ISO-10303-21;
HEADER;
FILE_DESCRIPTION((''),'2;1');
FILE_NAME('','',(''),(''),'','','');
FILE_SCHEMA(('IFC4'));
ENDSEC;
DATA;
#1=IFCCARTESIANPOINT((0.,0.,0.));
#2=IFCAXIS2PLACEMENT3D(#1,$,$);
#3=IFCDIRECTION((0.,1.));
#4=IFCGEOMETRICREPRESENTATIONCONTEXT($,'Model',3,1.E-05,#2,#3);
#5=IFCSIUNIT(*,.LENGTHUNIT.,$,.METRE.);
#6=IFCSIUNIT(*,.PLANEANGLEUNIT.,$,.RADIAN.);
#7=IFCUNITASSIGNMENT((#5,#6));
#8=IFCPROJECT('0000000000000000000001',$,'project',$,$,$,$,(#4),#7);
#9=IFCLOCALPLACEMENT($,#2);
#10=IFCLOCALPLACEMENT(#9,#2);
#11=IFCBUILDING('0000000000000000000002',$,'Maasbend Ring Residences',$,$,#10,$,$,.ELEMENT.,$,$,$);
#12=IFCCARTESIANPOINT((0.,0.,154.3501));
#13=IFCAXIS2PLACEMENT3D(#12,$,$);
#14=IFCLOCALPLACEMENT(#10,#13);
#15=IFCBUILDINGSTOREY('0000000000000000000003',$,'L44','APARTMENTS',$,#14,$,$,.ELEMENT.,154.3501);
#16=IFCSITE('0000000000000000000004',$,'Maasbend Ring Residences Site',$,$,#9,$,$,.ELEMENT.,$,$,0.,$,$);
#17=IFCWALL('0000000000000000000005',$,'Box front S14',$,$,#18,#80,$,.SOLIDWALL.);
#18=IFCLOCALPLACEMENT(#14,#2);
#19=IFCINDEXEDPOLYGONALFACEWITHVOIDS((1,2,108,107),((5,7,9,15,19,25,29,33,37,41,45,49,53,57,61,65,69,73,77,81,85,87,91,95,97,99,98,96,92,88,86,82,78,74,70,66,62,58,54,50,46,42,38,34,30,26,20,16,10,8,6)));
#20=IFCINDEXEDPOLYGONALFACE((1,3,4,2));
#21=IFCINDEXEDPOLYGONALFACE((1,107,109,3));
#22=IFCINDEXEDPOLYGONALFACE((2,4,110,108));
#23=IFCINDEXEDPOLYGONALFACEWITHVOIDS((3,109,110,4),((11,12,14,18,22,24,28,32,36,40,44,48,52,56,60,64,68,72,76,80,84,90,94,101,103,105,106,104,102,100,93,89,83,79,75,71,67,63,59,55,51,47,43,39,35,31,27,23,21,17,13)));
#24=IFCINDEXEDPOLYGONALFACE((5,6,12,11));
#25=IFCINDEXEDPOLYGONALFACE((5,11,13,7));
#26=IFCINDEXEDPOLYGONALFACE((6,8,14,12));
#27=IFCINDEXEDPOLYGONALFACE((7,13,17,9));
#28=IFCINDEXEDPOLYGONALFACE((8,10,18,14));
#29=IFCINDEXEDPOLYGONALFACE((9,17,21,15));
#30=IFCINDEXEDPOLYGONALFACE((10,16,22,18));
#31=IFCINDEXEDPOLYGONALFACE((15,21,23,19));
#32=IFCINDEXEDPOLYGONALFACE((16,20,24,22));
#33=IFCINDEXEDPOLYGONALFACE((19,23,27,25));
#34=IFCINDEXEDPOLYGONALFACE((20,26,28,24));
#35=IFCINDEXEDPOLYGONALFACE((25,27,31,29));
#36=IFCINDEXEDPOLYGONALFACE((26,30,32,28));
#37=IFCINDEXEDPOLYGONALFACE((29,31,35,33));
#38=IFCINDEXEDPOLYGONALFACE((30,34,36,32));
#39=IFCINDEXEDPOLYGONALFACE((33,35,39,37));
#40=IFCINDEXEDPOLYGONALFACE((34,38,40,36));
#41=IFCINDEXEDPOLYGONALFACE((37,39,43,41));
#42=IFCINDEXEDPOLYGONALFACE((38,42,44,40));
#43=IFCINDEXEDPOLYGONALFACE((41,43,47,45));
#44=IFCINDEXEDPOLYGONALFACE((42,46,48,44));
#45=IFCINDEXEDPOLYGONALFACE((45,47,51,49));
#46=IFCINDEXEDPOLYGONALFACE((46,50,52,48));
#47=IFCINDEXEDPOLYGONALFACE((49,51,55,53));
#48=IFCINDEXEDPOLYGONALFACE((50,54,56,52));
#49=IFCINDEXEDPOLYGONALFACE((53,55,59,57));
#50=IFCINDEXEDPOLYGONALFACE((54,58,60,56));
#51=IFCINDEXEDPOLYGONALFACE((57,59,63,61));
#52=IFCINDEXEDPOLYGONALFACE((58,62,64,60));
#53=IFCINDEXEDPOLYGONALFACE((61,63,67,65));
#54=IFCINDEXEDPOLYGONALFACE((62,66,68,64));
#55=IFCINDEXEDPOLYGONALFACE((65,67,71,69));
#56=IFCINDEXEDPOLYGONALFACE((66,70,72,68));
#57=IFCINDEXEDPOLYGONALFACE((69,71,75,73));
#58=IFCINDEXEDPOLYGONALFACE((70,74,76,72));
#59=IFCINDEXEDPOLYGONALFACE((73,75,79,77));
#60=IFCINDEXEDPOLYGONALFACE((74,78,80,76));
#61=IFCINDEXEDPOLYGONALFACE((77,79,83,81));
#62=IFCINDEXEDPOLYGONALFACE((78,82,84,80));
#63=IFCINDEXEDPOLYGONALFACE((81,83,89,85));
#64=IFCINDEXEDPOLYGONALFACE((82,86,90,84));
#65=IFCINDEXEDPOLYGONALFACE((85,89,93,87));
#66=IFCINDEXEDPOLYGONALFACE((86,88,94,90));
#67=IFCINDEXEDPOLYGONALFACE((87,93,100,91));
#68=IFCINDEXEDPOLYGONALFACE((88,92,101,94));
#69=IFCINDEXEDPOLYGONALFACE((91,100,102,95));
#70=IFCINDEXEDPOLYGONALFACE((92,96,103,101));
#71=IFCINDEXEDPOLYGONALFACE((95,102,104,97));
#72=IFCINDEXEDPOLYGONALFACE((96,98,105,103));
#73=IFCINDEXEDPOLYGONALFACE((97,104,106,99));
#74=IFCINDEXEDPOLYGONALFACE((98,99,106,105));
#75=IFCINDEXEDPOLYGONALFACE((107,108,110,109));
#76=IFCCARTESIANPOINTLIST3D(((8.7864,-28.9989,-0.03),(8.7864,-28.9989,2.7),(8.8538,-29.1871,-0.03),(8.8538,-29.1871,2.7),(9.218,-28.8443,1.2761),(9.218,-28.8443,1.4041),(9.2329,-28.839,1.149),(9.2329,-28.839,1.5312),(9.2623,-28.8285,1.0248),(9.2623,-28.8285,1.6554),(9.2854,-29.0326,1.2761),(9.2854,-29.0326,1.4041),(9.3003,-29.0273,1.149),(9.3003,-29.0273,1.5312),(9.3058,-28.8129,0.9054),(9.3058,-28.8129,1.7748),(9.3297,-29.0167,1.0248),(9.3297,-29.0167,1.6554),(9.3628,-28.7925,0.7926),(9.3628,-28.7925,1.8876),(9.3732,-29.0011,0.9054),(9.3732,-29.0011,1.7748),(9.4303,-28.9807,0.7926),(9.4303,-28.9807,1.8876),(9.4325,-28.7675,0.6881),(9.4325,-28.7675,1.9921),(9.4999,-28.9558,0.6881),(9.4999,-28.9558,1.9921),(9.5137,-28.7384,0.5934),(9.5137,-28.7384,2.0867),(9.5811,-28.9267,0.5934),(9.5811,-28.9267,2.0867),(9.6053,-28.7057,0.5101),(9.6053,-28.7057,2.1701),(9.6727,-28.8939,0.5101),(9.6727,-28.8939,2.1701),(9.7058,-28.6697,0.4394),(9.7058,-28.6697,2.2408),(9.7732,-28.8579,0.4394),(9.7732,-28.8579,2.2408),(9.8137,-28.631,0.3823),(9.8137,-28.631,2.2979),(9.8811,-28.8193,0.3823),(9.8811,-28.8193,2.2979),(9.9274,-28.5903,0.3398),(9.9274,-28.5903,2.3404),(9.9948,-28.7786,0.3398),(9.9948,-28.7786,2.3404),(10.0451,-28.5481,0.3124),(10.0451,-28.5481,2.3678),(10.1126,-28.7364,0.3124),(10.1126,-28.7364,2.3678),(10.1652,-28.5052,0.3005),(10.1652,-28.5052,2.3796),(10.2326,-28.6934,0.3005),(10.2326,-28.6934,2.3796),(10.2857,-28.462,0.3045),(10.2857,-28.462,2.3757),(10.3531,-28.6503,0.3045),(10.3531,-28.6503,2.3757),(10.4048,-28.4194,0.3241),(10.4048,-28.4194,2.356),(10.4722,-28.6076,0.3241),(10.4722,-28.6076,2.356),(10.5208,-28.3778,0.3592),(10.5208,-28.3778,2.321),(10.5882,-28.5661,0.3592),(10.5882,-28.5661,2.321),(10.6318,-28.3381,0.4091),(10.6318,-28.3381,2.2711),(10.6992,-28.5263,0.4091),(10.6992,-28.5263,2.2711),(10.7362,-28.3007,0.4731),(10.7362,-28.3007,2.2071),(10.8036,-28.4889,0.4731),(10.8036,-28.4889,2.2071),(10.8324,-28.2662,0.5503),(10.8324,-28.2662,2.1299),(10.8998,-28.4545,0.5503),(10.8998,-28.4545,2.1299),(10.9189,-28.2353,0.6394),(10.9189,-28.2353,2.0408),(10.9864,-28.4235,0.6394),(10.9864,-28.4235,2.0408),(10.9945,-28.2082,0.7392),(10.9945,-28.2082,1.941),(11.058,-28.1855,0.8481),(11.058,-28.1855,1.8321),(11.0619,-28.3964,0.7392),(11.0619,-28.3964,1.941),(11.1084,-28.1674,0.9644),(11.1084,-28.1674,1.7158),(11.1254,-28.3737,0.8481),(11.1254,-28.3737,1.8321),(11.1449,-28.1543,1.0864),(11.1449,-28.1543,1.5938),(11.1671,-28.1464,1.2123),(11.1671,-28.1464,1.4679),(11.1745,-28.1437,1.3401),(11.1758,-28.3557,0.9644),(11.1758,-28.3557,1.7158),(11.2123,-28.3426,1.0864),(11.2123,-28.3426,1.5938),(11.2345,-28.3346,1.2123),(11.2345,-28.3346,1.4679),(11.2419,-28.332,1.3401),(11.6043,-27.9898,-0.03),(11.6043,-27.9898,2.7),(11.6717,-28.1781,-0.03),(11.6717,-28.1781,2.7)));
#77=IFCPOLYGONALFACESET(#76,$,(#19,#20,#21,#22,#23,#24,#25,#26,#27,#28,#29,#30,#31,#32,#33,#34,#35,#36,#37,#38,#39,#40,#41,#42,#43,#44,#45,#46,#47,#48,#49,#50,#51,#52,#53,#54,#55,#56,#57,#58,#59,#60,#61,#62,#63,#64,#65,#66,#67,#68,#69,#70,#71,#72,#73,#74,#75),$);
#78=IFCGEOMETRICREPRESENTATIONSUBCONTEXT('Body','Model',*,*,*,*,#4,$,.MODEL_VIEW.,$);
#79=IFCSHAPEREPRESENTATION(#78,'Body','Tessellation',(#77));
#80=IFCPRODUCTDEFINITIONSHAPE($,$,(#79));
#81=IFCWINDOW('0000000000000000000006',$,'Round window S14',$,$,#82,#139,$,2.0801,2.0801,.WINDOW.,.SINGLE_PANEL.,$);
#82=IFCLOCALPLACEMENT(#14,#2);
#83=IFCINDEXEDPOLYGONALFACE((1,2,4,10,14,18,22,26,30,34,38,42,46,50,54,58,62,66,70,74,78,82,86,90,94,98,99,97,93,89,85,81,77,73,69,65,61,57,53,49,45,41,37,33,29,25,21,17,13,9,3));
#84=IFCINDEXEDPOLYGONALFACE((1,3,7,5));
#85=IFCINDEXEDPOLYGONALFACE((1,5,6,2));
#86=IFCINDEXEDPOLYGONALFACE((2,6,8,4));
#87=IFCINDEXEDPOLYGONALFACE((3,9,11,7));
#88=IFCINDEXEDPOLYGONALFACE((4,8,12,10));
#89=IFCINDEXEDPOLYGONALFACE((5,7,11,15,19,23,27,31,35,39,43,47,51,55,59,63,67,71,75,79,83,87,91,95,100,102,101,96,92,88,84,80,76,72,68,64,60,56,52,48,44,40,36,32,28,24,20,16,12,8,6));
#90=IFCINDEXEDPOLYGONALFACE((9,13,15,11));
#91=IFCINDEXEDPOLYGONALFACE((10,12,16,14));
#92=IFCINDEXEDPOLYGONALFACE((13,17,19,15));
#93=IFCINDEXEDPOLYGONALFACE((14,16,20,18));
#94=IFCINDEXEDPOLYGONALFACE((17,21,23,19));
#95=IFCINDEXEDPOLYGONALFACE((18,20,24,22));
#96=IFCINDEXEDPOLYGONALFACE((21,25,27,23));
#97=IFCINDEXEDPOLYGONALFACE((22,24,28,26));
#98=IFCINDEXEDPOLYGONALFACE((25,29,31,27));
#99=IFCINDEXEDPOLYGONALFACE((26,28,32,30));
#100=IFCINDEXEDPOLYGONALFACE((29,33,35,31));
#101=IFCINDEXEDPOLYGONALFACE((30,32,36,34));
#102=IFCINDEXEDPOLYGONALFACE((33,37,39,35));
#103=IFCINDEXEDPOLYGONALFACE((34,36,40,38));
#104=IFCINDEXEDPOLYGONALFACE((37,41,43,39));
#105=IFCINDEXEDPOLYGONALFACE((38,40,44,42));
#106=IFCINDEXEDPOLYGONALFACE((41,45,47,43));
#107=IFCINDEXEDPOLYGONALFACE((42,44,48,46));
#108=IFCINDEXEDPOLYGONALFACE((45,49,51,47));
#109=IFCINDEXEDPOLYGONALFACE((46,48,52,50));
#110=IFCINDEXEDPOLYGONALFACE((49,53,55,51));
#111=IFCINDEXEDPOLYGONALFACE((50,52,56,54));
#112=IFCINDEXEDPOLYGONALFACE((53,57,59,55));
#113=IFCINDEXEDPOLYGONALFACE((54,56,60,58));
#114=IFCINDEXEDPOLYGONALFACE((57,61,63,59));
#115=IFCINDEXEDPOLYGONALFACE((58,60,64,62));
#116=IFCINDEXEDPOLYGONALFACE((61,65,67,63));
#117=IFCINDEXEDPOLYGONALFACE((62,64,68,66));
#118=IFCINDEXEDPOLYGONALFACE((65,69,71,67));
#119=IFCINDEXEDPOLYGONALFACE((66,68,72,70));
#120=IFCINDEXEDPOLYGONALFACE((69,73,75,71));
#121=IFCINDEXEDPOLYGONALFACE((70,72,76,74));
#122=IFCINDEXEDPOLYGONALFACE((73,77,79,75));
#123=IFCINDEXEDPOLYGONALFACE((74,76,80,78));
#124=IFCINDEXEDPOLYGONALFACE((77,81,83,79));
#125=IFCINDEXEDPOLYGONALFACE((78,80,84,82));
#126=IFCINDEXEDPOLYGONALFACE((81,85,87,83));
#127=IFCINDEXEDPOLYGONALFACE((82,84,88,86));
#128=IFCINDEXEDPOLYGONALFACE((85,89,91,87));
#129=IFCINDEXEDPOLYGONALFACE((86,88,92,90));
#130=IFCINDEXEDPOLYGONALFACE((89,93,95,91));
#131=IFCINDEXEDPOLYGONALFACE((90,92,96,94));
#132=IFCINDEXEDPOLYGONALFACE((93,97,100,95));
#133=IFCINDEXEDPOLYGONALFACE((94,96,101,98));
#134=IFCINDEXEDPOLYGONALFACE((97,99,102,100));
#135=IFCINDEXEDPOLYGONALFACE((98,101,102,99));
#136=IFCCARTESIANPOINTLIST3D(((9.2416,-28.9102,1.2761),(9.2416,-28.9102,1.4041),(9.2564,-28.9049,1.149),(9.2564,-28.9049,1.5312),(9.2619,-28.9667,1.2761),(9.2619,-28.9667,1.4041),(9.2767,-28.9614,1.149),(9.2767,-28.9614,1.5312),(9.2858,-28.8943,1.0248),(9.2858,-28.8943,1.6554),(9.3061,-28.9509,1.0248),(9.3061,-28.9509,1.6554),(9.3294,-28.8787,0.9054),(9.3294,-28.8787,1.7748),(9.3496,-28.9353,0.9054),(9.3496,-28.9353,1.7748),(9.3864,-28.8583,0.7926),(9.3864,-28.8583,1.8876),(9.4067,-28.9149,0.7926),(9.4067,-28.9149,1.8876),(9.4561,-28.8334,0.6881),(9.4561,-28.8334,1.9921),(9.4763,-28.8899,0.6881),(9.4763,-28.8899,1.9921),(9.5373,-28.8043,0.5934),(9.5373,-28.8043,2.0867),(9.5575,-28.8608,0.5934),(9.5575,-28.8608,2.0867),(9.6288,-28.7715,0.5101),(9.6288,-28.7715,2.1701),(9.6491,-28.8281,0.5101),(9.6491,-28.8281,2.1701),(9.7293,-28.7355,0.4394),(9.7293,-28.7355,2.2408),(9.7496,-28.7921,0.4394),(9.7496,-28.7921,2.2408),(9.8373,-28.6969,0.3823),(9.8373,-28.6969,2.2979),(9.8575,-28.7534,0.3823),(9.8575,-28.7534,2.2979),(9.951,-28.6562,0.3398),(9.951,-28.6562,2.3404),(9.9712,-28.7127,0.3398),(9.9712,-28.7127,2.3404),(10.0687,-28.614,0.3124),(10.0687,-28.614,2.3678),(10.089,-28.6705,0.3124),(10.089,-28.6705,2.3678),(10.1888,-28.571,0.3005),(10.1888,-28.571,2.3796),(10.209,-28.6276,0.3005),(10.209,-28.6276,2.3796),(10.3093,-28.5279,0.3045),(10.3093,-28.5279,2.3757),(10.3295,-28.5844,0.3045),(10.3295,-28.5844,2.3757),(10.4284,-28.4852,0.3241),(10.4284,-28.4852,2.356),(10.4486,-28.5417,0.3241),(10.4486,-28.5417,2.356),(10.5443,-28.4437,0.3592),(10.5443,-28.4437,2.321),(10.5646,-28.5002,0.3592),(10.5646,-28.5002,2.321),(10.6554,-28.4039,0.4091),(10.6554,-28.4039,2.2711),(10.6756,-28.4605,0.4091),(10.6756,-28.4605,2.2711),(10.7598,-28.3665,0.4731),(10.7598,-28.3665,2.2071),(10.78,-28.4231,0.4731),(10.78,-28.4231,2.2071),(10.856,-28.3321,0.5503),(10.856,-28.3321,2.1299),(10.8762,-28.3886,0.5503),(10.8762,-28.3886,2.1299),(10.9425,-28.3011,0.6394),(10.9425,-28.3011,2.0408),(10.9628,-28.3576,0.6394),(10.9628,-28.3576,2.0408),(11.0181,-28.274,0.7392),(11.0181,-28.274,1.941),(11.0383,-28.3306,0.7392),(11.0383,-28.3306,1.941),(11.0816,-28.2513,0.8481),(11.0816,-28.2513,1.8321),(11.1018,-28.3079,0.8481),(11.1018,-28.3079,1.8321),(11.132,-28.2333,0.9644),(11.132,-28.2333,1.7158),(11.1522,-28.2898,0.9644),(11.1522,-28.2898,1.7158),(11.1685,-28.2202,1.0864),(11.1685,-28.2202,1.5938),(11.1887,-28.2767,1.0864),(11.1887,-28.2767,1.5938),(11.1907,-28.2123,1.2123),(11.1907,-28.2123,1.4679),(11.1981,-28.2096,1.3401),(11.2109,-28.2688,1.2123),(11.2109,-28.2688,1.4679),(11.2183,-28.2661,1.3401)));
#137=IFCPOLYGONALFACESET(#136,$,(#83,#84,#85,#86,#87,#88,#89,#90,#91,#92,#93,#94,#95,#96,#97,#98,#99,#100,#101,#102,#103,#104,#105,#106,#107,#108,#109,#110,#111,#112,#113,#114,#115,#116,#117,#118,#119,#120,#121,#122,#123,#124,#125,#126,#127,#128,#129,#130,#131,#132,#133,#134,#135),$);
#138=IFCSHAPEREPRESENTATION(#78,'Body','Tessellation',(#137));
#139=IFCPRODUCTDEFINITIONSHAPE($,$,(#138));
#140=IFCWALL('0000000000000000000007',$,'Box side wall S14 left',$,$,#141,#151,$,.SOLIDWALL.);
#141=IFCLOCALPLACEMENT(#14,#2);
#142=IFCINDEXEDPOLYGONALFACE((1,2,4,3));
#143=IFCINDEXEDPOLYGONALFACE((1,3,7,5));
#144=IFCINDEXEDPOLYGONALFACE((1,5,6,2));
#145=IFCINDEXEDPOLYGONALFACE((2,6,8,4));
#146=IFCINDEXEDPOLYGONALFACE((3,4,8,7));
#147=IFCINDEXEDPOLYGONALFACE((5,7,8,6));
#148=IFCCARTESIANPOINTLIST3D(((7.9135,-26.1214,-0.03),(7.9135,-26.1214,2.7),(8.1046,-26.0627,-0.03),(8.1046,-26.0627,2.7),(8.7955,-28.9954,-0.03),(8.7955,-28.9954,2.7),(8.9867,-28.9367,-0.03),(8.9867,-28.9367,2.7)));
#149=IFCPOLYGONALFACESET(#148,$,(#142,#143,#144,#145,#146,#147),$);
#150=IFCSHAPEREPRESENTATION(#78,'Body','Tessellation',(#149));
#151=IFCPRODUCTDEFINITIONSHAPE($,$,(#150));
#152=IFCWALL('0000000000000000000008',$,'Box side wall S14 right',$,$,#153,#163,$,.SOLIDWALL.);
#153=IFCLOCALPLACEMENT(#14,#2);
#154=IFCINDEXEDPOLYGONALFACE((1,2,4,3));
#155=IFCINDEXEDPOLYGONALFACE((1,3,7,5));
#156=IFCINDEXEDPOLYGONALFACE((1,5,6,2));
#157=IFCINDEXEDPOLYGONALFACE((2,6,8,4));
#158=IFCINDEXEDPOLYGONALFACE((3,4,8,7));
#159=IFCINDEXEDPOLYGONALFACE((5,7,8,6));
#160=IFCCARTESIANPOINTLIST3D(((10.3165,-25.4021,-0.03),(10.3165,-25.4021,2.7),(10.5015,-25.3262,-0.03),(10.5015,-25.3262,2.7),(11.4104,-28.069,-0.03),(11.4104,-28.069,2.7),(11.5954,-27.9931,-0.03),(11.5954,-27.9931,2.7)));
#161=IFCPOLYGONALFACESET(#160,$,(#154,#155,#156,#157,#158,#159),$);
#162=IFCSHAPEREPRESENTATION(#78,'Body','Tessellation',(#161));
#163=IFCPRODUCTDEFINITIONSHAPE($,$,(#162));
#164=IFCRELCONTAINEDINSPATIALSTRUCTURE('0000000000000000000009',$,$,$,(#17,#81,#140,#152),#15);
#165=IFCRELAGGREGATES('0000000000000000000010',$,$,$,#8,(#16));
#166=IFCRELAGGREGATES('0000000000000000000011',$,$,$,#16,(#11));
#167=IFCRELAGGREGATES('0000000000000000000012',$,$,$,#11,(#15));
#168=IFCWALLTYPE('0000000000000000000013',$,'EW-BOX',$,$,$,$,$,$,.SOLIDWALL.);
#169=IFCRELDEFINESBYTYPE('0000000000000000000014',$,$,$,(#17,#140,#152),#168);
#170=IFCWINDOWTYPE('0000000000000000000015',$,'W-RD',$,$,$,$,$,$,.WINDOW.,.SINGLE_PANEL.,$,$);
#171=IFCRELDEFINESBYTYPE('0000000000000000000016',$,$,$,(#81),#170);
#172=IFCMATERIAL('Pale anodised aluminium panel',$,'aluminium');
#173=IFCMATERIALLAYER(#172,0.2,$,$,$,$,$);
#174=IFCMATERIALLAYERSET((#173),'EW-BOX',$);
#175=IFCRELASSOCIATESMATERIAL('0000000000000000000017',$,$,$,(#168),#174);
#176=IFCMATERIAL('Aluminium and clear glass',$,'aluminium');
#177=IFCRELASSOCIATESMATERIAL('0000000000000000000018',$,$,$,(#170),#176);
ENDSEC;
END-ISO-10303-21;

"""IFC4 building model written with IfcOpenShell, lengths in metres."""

from ifc_helpers import new_model, si_unit, direction, frame, frame_2d, origin, place, context, subcontext, project, spatial, rectangle, circle, extrude, material, layer, layer_set, type_object, element, fill, save


model = new_model("IFC4")

# Units and contexts
model_context = context("Model", 3, precision=1e-05, world=origin(), true_north=direction((0.0, 1.0)))
body_context = subcontext(model_context, "Body", "Model", "MODEL_VIEW")
ifc_project = project(units=[si_unit("LENGTHUNIT", "METRE"), si_unit("PLANEANGLEUNIT", "RADIAN")], contexts=[model_context])

# Site, building, storey
site_placement = place(None, origin())
site = spatial("IfcSite", under=ifc_project, at=site_placement, Name="Maasbend Ring Residences Site", CompositionType="ELEMENT", RefElevation=0.0)
building_placement = place(site_placement, origin())
building = spatial("IfcBuilding", under=site, at=building_placement, Name="Maasbend Ring Residences", CompositionType="ELEMENT")
storey_placement = place(building_placement, frame((0.0, 0.0, 154.3501)))
storey = spatial("IfcBuildingStorey", under=building, at=storey_placement, Name="L44", Description="APARTMENTS", CompositionType="ELEMENT", Elevation=154.3501)

# Shared definitions
ifc_material_1 = material(Name="Pale anodised aluminium panel", Category="aluminium")
ifc_layer_1 = layer(ifc_material_1, 0.2)
ifc_layer_set_1 = layer_set([ifc_layer_1], Name="EW-BOX")
wall_type_1 = type_object("IfcWallType", Name="EW-BOX", PredefinedType="SOLIDWALL", material=ifc_layer_set_1)
ifc_material_2 = material(Name="Aluminium and clear glass", Category="aluminium")
window_type_1 = type_object("IfcWindowType", Name="W-RD", PartitioningType="SINGLE_PANEL", PredefinedType="WINDOW", material=ifc_material_2)

# Wall, opening, window
wall_1_placement = place(storey_placement, frame((8.8201, -29.093, -0.03), z_axis=(0.0, 0.0, 1.0), x_axis=(0.941461, 0.337122, 0.0)))
wall_1 = element("IfcWall", 1, at=wall_1_placement, inside=storey, type_object=wall_type_1, Name="Box front S14", PredefinedType="SOLIDWALL", context=body_context, shape_type="SweptSolid", body=[
    extrude(rectangle(XDim=2.9932, YDim=0.2, at=frame_2d((1.4966, 0.0))), origin(), (0.0, 0.0, 1.0), 2.73),
])
opening_1_placement = place(wall_1_placement, frame((0.4565, 0.0, 0.3301)))
opening_1 = element("IfcOpeningElement", 2, at=opening_1_placement, cuts=wall_1, PredefinedType="OPENING", context=body_context, shape_type="SweptSolid", body=[
    extrude(circle(Radius=1.04, at=frame_2d((1.04, 1.04))), frame((0.0, 0.1099, 0.0), z_axis=(0.0, -1.0, 0.0), x_axis=(1.0, 0.0, 0.0)), (0.0, 0.0, 1.0), 0.22),
])
window_1_placement = place(opening_1_placement, origin())
window_1 = element("IfcWindow", 3, at=window_1_placement, inside=storey, type_object=window_type_1, Name="Round window S14", OverallHeight=2.0801, OverallWidth=2.0801, PartitioningType="SINGLE_PANEL", PredefinedType="WINDOW", context=body_context, shape_type="SweptSolid", body=[
    extrude(circle(Radius=1.04, at=frame_2d((1.04, 1.04))), frame((0.0, 0.03, 0.0), z_axis=(0.0, -1.0, 0.0), x_axis=(1.0, 0.0, 0.0)), (0.0, 0.0, 1.0), 0.0601),
])
fill(opening_1, window_1)

# Walls
wall_2_placement = place(storey_placement, frame((8.009, -26.092, -0.03), z_axis=(0.0, 0.0, 1.0), x_axis=(0.293407, -0.955988, 0.0)))
element("IfcWall", 4, at=wall_2_placement, inside=storey, type_object=wall_type_1, Name="Box side wall S14 left", PredefinedType="SOLIDWALL", context=body_context, shape_type="SweptSolid", body=[
    extrude(rectangle(XDim=3.0063, YDim=0.2, at=frame_2d((1.5032, 0.0))), origin(), (0.0, 0.0, 1.0), 2.73),
])
wall_3_placement = place(storey_placement, frame((10.4089, -25.364, -0.03), z_axis=(0.0, 0.0, 1.0), x_axis=(0.37951, -0.925188, 0.0)))
element("IfcWall", 5, at=wall_3_placement, inside=storey, type_object=wall_type_1, Name="Box side wall S14 right", PredefinedType="SOLIDWALL", context=body_context, shape_type="SweptSolid", body=[
    extrude(rectangle(XDim=2.8826, YDim=0.2, at=frame_2d((1.4414, 0.0))), origin(), (0.0, 0.0, 1.0), 2.73),
])

save(model, "model.ifc")
